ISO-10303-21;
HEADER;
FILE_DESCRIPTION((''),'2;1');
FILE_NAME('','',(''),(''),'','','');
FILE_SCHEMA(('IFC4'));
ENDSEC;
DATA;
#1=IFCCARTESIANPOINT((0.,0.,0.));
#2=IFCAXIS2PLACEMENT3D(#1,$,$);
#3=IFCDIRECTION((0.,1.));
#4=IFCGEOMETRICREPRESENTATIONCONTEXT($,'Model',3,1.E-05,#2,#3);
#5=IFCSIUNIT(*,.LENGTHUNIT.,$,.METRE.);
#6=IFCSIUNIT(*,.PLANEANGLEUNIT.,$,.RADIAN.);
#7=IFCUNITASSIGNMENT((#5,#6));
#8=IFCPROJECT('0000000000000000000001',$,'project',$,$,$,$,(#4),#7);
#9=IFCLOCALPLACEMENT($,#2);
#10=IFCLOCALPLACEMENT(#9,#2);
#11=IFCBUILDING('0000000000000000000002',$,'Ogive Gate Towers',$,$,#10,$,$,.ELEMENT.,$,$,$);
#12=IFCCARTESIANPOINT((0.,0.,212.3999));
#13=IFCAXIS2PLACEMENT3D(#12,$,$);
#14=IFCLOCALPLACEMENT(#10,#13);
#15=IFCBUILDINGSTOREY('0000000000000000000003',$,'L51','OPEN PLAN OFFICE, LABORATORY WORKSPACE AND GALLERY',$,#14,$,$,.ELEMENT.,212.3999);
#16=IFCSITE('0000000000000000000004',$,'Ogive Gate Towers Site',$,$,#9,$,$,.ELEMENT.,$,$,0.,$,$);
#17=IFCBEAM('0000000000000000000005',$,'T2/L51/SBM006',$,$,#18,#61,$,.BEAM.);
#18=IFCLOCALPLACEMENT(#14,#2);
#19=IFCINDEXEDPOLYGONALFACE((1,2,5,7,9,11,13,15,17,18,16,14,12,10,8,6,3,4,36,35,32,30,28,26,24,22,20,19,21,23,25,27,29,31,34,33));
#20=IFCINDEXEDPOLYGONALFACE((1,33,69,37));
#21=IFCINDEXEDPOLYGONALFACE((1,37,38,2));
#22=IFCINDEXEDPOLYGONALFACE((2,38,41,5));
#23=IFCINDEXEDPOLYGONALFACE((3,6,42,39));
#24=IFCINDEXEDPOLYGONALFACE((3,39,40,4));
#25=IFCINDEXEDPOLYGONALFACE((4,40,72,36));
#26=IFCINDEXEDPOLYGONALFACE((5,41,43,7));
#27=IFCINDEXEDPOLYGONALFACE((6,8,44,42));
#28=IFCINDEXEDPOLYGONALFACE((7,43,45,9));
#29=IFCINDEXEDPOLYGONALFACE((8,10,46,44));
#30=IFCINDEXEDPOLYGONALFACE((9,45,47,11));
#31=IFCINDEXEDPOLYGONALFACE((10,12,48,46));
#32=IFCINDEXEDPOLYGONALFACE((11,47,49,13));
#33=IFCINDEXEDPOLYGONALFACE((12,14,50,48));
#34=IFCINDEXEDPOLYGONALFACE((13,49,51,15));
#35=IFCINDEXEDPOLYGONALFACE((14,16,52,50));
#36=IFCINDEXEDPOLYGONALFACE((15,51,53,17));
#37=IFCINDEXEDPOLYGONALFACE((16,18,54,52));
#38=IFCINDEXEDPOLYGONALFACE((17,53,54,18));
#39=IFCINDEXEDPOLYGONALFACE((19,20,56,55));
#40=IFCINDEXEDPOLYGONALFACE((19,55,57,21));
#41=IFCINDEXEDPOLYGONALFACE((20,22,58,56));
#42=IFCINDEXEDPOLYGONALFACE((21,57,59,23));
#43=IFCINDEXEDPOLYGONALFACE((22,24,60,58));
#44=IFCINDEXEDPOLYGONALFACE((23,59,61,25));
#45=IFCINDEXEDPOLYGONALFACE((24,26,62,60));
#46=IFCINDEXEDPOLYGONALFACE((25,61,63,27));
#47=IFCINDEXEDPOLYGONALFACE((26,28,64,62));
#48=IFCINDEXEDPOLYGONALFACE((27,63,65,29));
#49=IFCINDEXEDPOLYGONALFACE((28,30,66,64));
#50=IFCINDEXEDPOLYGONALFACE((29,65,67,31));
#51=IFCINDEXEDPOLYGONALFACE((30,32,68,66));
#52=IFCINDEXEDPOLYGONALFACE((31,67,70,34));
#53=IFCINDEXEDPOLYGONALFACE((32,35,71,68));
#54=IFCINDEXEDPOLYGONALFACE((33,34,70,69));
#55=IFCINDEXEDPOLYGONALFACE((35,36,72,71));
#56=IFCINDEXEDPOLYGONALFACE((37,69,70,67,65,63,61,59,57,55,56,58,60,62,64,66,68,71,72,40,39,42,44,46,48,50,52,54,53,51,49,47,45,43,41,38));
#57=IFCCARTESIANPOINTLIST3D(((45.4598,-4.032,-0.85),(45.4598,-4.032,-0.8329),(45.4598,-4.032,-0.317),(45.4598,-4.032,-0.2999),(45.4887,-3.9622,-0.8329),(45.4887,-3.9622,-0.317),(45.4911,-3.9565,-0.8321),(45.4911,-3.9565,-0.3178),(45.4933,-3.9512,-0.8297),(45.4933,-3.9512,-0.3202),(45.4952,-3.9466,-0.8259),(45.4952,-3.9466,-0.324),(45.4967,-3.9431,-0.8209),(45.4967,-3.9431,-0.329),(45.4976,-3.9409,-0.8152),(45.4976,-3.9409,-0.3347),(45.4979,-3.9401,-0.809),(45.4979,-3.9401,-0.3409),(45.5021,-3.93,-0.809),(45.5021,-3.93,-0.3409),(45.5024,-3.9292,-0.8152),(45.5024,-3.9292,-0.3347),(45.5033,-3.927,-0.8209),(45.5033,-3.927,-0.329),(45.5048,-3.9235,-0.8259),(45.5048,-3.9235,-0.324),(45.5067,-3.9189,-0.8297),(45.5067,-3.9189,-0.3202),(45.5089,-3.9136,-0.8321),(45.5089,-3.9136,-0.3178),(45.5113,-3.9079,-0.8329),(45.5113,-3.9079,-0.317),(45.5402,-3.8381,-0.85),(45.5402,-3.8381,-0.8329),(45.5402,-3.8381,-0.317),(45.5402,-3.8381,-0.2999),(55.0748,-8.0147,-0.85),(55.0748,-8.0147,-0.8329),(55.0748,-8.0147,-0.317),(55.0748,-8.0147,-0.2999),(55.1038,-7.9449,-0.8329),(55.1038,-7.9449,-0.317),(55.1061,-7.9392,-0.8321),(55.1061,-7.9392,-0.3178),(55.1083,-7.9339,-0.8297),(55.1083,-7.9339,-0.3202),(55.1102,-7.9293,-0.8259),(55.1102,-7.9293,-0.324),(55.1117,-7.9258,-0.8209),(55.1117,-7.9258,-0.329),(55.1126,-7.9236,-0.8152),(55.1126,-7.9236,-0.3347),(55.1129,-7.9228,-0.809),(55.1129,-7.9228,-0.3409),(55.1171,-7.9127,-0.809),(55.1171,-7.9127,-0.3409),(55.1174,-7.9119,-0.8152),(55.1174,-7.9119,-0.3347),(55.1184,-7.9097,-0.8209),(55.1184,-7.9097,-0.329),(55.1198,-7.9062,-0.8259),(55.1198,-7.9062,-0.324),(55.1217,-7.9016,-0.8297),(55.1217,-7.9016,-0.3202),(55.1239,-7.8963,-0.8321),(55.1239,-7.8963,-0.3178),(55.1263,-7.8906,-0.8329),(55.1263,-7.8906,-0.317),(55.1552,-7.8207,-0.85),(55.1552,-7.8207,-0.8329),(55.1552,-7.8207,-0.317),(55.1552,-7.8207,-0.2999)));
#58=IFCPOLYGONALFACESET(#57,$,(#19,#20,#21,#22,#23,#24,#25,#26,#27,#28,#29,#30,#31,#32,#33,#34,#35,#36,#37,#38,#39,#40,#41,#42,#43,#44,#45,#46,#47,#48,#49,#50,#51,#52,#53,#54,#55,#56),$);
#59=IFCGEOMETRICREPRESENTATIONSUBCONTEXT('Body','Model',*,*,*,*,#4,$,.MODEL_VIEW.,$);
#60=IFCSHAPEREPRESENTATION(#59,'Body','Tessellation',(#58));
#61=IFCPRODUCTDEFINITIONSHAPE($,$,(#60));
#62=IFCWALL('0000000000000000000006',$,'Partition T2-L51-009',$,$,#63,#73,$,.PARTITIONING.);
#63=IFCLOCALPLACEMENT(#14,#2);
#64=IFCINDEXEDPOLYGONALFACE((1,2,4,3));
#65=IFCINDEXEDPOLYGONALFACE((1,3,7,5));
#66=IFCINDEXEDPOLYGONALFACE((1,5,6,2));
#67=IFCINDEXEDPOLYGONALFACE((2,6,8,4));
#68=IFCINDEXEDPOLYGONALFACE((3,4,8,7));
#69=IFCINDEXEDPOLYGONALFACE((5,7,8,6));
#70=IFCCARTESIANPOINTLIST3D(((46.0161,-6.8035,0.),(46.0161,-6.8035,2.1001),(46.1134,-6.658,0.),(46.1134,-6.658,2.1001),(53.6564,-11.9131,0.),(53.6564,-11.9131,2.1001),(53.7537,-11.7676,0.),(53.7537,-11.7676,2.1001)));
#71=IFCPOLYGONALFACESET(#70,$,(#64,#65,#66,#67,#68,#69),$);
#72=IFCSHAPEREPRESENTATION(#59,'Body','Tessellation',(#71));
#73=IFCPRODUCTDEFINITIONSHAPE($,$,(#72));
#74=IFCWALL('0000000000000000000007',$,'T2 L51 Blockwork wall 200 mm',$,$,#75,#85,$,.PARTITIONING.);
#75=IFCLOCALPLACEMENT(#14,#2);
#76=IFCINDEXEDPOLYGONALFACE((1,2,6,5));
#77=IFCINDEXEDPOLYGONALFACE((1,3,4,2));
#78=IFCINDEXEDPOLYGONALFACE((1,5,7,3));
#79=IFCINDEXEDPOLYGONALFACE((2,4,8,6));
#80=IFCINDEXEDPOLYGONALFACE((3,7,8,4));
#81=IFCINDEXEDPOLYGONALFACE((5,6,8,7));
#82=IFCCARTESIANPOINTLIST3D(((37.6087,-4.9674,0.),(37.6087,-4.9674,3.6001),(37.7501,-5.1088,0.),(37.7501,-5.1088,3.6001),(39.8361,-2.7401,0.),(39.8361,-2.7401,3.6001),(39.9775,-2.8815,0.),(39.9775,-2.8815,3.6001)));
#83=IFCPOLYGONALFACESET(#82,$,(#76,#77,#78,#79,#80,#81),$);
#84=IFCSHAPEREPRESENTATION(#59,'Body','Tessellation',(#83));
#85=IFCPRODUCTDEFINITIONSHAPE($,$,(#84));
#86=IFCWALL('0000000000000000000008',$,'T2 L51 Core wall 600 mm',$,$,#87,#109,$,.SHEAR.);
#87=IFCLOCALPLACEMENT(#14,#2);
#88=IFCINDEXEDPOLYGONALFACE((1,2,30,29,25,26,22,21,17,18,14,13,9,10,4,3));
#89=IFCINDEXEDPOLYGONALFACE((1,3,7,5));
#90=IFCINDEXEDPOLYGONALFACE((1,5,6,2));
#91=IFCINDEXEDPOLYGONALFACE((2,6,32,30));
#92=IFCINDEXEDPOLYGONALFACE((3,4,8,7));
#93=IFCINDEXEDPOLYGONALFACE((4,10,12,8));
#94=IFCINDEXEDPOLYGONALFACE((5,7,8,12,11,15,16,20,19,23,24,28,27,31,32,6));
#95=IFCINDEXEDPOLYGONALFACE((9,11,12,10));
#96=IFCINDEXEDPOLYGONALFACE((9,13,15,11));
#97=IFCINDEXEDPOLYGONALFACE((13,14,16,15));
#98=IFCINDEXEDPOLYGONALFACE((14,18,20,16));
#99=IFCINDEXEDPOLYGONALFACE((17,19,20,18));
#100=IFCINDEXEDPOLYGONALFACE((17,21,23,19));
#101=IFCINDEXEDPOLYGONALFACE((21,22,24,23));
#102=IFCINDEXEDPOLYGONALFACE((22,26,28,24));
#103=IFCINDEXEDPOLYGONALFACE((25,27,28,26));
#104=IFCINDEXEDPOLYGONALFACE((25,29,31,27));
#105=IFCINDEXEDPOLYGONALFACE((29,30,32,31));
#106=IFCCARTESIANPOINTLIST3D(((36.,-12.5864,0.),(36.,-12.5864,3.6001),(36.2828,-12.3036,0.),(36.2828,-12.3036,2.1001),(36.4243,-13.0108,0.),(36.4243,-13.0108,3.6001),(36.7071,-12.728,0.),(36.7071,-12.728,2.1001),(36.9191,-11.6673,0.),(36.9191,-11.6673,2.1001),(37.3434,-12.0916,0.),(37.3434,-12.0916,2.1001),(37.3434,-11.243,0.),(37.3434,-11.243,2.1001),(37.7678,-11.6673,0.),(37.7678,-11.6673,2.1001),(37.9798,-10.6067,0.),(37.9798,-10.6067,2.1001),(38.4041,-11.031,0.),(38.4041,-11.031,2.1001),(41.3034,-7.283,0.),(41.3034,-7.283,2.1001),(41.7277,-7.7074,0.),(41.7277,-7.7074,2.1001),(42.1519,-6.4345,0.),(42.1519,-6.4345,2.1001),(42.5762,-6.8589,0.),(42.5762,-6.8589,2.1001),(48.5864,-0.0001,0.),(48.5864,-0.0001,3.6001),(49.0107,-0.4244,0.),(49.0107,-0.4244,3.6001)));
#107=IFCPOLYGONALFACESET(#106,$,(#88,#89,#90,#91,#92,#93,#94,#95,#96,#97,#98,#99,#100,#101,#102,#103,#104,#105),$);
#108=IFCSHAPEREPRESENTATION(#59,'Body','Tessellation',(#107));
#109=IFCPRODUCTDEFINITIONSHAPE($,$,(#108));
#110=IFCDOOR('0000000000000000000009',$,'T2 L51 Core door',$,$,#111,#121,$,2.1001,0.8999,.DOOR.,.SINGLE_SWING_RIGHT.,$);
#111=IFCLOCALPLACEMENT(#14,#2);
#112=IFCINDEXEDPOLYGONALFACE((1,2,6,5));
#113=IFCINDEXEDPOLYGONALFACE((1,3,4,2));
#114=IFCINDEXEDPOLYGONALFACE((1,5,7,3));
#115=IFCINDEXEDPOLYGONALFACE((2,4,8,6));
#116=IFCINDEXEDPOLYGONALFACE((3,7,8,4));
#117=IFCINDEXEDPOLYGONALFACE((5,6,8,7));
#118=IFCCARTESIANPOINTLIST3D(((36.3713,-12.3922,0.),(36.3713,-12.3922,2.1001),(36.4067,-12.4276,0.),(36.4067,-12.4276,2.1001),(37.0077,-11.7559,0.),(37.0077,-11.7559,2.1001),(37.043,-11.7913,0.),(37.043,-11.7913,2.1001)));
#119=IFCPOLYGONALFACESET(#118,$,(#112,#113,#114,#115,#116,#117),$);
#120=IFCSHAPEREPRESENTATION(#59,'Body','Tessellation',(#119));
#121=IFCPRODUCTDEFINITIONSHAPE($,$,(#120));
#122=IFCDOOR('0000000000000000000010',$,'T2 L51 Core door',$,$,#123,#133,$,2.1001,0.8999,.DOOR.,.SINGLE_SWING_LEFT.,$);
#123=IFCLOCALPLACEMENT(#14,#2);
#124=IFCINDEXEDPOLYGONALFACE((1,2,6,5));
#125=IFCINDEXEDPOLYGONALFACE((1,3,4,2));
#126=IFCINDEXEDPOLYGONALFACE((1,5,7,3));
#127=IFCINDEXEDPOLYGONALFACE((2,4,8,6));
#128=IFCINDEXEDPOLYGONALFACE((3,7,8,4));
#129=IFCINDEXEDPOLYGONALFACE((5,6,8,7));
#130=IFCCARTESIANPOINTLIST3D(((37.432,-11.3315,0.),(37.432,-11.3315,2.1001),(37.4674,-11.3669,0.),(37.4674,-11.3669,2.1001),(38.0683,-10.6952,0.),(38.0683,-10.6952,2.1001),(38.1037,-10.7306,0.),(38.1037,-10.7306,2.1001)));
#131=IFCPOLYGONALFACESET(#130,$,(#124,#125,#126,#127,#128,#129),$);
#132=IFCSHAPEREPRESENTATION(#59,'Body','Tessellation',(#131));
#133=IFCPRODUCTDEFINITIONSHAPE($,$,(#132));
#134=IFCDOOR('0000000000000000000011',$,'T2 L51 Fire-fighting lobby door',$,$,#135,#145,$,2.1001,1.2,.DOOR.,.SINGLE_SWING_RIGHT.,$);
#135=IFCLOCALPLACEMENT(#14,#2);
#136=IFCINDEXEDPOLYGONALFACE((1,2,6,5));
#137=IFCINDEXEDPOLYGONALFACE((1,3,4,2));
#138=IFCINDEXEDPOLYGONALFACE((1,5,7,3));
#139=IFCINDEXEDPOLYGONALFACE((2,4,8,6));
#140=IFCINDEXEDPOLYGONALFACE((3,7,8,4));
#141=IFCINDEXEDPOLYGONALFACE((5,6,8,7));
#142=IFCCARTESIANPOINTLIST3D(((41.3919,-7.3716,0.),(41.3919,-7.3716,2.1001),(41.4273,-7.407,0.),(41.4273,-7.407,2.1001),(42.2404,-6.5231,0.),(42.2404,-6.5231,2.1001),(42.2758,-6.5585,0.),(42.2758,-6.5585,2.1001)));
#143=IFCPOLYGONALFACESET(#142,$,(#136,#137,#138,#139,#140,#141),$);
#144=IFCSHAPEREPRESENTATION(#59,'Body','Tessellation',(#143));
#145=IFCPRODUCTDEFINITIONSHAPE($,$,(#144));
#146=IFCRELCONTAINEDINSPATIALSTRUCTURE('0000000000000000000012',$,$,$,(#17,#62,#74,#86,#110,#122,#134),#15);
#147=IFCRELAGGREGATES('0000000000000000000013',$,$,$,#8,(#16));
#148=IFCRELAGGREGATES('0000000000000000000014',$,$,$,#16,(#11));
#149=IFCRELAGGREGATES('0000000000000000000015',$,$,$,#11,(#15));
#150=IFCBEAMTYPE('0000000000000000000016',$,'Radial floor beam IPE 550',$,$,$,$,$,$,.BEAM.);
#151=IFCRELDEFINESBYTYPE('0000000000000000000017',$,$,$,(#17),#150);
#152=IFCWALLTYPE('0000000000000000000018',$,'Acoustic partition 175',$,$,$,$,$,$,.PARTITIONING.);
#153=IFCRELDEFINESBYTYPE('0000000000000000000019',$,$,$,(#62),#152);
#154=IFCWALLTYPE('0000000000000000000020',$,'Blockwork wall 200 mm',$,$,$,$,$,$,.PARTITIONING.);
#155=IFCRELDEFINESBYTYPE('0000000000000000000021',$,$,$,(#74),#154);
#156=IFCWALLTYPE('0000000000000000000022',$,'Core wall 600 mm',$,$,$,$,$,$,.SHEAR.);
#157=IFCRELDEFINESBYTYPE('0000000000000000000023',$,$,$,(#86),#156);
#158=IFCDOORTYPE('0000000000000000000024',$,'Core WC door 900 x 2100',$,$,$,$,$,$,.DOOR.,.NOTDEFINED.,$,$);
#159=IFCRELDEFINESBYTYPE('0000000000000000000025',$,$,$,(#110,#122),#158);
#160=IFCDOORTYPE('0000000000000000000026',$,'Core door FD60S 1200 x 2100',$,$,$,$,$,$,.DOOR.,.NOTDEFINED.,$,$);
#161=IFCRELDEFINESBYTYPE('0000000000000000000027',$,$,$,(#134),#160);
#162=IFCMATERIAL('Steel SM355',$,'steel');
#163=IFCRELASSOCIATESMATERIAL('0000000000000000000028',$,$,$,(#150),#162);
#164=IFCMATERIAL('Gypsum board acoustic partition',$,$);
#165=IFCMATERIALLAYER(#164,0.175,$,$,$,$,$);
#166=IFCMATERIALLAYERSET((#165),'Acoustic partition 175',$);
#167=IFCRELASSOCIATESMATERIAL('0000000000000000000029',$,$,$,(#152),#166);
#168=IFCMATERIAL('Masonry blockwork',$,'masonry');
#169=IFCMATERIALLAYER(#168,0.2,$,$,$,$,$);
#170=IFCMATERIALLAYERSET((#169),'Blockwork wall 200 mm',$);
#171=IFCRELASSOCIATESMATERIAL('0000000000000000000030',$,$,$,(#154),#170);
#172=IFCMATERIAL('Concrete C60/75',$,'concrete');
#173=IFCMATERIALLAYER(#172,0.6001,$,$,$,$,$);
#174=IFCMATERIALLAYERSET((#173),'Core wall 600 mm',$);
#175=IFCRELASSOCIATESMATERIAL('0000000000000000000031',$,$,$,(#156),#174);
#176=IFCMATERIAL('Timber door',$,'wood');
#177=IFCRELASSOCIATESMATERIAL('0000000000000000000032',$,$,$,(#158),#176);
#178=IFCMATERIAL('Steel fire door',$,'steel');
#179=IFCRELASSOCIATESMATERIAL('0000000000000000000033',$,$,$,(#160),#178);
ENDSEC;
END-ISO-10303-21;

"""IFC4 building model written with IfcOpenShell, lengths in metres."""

from ifc_helpers import new_model, si_unit, direction, frame, frame_2d, origin, origin_2d, place, context, subcontext, project, spatial, rectangle, i_section, extrude, material, layer, layer_set, material_profile, profile_set, type_object, element, fill, save


model = new_model("IFC4")

# Units and contexts
model_context = context("Model", 3, precision=1e-05, world=origin(), true_north=direction((0.0, 1.0)))
body_context = subcontext(model_context, "Body", "Model", "MODEL_VIEW")
ifc_project = project(units=[si_unit("LENGTHUNIT", "METRE"), si_unit("PLANEANGLEUNIT", "RADIAN")], contexts=[model_context])

# Site, building, storey
site_placement = place(None, origin())
site = spatial("IfcSite", under=ifc_project, at=site_placement, Name="Ogive Gate Towers Site", CompositionType="ELEMENT", RefElevation=0.0)
building_placement = place(site_placement, origin())
building = spatial("IfcBuilding", under=site, at=building_placement, Name="Ogive Gate Towers", CompositionType="ELEMENT")
storey_placement = place(building_placement, frame((0.0, 0.0, 212.3999)))
storey = spatial("IfcBuildingStorey", under=building, at=storey_placement, Name="L51", Description="OPEN PLAN OFFICE, LABORATORY WORKSPACE AND GALLERY", CompositionType="ELEMENT", Elevation=212.3999)

# Beam
ifc_material_1 = material(Name="Steel SM355", Category="steel")
ifc_material_profile_1 = material_profile(ifc_material_1, i_section(OverallWidth=0.21, OverallDepth=0.55, WebThickness=0.011, FlangeThickness=0.0171, FilletRadius=0.0239, at=origin_2d()), Name="IPE 550")
ifc_profile_set_1 = profile_set([ifc_material_profile_1], Name="Steel SM355")
beam_type_1 = type_object("IfcBeamType", Name="Radial floor beam IPE 550", PredefinedType="BEAM", material=ifc_profile_set_1)
beam_1_placement = place(storey_placement, frame((45.5, -3.9351, -0.575), z_axis=(0.923879, -0.382684, 0.0), x_axis=(0.382684, 0.923879, 0.0)))
element("IfcBeam", 1, at=beam_1_placement, inside=storey, type_object=beam_type_1, Name="T2/L51/SBM006", PredefinedType="BEAM", context=body_context, shape_type="SweptSolid", body=[
    extrude(i_section(OverallWidth=0.21, OverallDepth=0.55, WebThickness=0.011, FlangeThickness=0.0171, FilletRadius=0.0239, at=origin_2d()), origin(), (0.0, 0.0, 1.0), 10.4072),
])

# Walls
ifc_material_2 = material(Name="Gypsum board acoustic partition")
ifc_layer_1 = layer(ifc_material_2, 0.175)
ifc_layer_set_1 = layer_set([ifc_layer_1], Name="Acoustic partition 175")
wall_type_1 = type_object("IfcWallType", Name="Acoustic partition 175", PredefinedType="PARTITIONING", material=ifc_layer_set_1)
wall_1_placement = place(storey_placement, frame((53.7051, -11.8403, 0.0), z_axis=(0.0, 0.0, 1.0), x_axis=(-0.831244, 0.555907, 0.0)))
element("IfcWall", 2, at=wall_1_placement, inside=storey, type_object=wall_type_1, Name="Partition T2-L51-009", PredefinedType="PARTITIONING", context=body_context, shape_type="SweptSolid", body=[
    extrude(rectangle(XDim=9.1914, YDim=0.175, at=frame_2d((4.5957, 0.0))), origin(), (0.0, 0.0, 1.0), 2.1001),
])
ifc_material_3 = material(Name="Masonry blockwork", Category="masonry")
ifc_layer_2 = layer(ifc_material_3, 0.2)
ifc_layer_set_2 = layer_set([ifc_layer_2], Name="Blockwork wall 200 mm")
wall_type_2 = type_object("IfcWallType", Name="Blockwork wall 200 mm", PredefinedType="PARTITIONING", material=ifc_layer_set_2)
wall_2_placement = place(storey_placement, frame((37.6794, -5.0381, 0.0), z_axis=(0.0, 0.0, 1.0), x_axis=(0.707107, 0.707107, 0.0)))
element("IfcWall", 3, at=wall_2_placement, inside=storey, type_object=wall_type_2, Name="T2 L51 Blockwork wall 200 mm", PredefinedType="PARTITIONING", context=body_context, shape_type="SweptSolid", body=[
    extrude(rectangle(XDim=3.1499, YDim=0.2, at=frame_2d((1.575, 0.0))), origin(), (0.0, 0.0, 1.0), 3.6001),
])

# Wall, openings, doors
ifc_material_4 = material(Name="Concrete C60/75", Category="concrete")
ifc_layer_3 = layer(ifc_material_4, 0.6001)
ifc_layer_set_3 = layer_set([ifc_layer_3], Name="Core wall 600 mm")
wall_type_3 = type_object("IfcWallType", Name="Core wall 600 mm", PredefinedType="SHEAR", material=ifc_layer_set_3)
wall_3_placement = place(storey_placement, frame((36.2122, -12.7986, 0.0), z_axis=(0.0, 0.0, 1.0), x_axis=(0.707107, 0.707107, 0.0)))
wall_3 = element("IfcWall", 4, at=wall_3_placement, inside=storey, type_object=wall_type_3, Name="T2 L51 Core wall 600 mm", PredefinedType="SHEAR", context=body_context, shape_type="SweptSolid", body=[
    extrude(rectangle(XDim=17.7998, YDim=0.6001, at=frame_2d((8.8999, 0.0))), origin(), (0.0, 0.0, 1.0), 3.6001),
])
opening_1_placement = place(wall_3_placement, frame((7.5, 0.0, 0.0)))
opening_1 = element("IfcOpeningElement", 5, at=opening_1_placement, cuts=wall_3, PredefinedType="OPENING", context=body_context, shape_type="SweptSolid", body=[
    extrude(rectangle(XDim=1.2, YDim=2.1001, at=frame_2d((0.6001, 1.05))), frame((0.0, 0.3101, 0.0), z_axis=(0.0, -1.0, 0.0), x_axis=(1.0, 0.0, 0.0)), (0.0, 0.0, 1.0), 0.6201),
])
opening_2_placement = place(wall_3_placement, frame((0.3999, 0.0, 0.0)))
opening_2 = element("IfcOpeningElement", 6, at=opening_2_placement, cuts=wall_3, PredefinedType="OPENING", context=body_context, shape_type="SweptSolid", body=[
    extrude(rectangle(XDim=0.8999, YDim=2.1001, at=frame_2d((0.45, 1.05))), frame((0.0, 0.3101, 0.0), z_axis=(0.0, -1.0, 0.0), x_axis=(1.0, 0.0, 0.0)), (0.0, 0.0, 1.0), 0.6201),
])
opening_3_placement = place(wall_3_placement, frame((1.8999, 0.0, 0.0)))
opening_3 = element("IfcOpeningElement", 7, at=opening_3_placement, cuts=wall_3, PredefinedType="OPENING", context=body_context, shape_type="SweptSolid", body=[
    extrude(rectangle(XDim=0.8999, YDim=2.1001, at=frame_2d((0.45, 1.05))), frame((0.0, 0.3101, 0.0), z_axis=(0.0, -1.0, 0.0), x_axis=(1.0, 0.0, 0.0)), (0.0, 0.0, 1.0), 0.6201),
])
ifc_material_5 = material(Name="Timber door", Category="wood")
door_type_1 = type_object("IfcDoorType", Name="Core WC door 900 x 2100", OperationType="NOTDEFINED", PredefinedType="DOOR", material=ifc_material_5)
door_1_placement = place(opening_2_placement, origin())
door_1 = element("IfcDoor", 8, at=door_1_placement, inside=storey, type_object=door_type_1, Name="T2 L51 Core door", OperationType="SINGLE_SWING_RIGHT", OverallHeight=2.1001, OverallWidth=0.8999, PredefinedType="DOOR", context=body_context, shape_type="SweptSolid", body=[
    extrude(rectangle(XDim=0.8999, YDim=2.1001, at=frame_2d((0.45, 1.05))), frame((0.0, 0.1748, 0.0), z_axis=(0.0, -1.0, 0.0), x_axis=(1.0, 0.0, 0.0)), (0.0, 0.0, 1.0), 0.05),
])
fill(opening_2, door_1)
door_2_placement = place(opening_3_placement, origin())
door_2 = element("IfcDoor", 9, at=door_2_placement, inside=storey, type_object=door_type_1, Name="T2 L51 Core door", OperationType="SINGLE_SWING_LEFT", OverallHeight=2.1001, OverallWidth=0.8999, PredefinedType="DOOR", context=body_context, shape_type="SweptSolid", body=[
    extrude(rectangle(XDim=0.8999, YDim=2.1001, at=frame_2d((0.45, 1.05))), frame((0.0, 0.1748, 0.0), z_axis=(0.0, -1.0, 0.0), x_axis=(1.0, 0.0, 0.0)), (0.0, 0.0, 1.0), 0.05),
])
fill(opening_3, door_2)
ifc_material_6 = material(Name="Steel fire door", Category="steel")
door_type_2 = type_object("IfcDoorType", Name="Core door FD60S 1200 x 2100", OperationType="NOTDEFINED", PredefinedType="DOOR", material=ifc_material_6)
door_3_placement = place(opening_1_placement, origin())
door_3 = element("IfcDoor", 10, at=door_3_placement, inside=storey, type_object=door_type_2, Name="T2 L51 Fire-fighting lobby door", OperationType="SINGLE_SWING_RIGHT", OverallHeight=2.1001, OverallWidth=1.2, PredefinedType="DOOR", context=body_context, shape_type="SweptSolid", body=[
    extrude(rectangle(XDim=1.2, YDim=2.1001, at=frame_2d((0.6001, 1.05))), frame((0.0, 0.1748, 0.0), z_axis=(0.0, -1.0, 0.0), x_axis=(1.0, 0.0, 0.0)), (0.0, 0.0, 1.0), 0.05),
])
fill(opening_1, door_3)

save(model, "model.ifc")
